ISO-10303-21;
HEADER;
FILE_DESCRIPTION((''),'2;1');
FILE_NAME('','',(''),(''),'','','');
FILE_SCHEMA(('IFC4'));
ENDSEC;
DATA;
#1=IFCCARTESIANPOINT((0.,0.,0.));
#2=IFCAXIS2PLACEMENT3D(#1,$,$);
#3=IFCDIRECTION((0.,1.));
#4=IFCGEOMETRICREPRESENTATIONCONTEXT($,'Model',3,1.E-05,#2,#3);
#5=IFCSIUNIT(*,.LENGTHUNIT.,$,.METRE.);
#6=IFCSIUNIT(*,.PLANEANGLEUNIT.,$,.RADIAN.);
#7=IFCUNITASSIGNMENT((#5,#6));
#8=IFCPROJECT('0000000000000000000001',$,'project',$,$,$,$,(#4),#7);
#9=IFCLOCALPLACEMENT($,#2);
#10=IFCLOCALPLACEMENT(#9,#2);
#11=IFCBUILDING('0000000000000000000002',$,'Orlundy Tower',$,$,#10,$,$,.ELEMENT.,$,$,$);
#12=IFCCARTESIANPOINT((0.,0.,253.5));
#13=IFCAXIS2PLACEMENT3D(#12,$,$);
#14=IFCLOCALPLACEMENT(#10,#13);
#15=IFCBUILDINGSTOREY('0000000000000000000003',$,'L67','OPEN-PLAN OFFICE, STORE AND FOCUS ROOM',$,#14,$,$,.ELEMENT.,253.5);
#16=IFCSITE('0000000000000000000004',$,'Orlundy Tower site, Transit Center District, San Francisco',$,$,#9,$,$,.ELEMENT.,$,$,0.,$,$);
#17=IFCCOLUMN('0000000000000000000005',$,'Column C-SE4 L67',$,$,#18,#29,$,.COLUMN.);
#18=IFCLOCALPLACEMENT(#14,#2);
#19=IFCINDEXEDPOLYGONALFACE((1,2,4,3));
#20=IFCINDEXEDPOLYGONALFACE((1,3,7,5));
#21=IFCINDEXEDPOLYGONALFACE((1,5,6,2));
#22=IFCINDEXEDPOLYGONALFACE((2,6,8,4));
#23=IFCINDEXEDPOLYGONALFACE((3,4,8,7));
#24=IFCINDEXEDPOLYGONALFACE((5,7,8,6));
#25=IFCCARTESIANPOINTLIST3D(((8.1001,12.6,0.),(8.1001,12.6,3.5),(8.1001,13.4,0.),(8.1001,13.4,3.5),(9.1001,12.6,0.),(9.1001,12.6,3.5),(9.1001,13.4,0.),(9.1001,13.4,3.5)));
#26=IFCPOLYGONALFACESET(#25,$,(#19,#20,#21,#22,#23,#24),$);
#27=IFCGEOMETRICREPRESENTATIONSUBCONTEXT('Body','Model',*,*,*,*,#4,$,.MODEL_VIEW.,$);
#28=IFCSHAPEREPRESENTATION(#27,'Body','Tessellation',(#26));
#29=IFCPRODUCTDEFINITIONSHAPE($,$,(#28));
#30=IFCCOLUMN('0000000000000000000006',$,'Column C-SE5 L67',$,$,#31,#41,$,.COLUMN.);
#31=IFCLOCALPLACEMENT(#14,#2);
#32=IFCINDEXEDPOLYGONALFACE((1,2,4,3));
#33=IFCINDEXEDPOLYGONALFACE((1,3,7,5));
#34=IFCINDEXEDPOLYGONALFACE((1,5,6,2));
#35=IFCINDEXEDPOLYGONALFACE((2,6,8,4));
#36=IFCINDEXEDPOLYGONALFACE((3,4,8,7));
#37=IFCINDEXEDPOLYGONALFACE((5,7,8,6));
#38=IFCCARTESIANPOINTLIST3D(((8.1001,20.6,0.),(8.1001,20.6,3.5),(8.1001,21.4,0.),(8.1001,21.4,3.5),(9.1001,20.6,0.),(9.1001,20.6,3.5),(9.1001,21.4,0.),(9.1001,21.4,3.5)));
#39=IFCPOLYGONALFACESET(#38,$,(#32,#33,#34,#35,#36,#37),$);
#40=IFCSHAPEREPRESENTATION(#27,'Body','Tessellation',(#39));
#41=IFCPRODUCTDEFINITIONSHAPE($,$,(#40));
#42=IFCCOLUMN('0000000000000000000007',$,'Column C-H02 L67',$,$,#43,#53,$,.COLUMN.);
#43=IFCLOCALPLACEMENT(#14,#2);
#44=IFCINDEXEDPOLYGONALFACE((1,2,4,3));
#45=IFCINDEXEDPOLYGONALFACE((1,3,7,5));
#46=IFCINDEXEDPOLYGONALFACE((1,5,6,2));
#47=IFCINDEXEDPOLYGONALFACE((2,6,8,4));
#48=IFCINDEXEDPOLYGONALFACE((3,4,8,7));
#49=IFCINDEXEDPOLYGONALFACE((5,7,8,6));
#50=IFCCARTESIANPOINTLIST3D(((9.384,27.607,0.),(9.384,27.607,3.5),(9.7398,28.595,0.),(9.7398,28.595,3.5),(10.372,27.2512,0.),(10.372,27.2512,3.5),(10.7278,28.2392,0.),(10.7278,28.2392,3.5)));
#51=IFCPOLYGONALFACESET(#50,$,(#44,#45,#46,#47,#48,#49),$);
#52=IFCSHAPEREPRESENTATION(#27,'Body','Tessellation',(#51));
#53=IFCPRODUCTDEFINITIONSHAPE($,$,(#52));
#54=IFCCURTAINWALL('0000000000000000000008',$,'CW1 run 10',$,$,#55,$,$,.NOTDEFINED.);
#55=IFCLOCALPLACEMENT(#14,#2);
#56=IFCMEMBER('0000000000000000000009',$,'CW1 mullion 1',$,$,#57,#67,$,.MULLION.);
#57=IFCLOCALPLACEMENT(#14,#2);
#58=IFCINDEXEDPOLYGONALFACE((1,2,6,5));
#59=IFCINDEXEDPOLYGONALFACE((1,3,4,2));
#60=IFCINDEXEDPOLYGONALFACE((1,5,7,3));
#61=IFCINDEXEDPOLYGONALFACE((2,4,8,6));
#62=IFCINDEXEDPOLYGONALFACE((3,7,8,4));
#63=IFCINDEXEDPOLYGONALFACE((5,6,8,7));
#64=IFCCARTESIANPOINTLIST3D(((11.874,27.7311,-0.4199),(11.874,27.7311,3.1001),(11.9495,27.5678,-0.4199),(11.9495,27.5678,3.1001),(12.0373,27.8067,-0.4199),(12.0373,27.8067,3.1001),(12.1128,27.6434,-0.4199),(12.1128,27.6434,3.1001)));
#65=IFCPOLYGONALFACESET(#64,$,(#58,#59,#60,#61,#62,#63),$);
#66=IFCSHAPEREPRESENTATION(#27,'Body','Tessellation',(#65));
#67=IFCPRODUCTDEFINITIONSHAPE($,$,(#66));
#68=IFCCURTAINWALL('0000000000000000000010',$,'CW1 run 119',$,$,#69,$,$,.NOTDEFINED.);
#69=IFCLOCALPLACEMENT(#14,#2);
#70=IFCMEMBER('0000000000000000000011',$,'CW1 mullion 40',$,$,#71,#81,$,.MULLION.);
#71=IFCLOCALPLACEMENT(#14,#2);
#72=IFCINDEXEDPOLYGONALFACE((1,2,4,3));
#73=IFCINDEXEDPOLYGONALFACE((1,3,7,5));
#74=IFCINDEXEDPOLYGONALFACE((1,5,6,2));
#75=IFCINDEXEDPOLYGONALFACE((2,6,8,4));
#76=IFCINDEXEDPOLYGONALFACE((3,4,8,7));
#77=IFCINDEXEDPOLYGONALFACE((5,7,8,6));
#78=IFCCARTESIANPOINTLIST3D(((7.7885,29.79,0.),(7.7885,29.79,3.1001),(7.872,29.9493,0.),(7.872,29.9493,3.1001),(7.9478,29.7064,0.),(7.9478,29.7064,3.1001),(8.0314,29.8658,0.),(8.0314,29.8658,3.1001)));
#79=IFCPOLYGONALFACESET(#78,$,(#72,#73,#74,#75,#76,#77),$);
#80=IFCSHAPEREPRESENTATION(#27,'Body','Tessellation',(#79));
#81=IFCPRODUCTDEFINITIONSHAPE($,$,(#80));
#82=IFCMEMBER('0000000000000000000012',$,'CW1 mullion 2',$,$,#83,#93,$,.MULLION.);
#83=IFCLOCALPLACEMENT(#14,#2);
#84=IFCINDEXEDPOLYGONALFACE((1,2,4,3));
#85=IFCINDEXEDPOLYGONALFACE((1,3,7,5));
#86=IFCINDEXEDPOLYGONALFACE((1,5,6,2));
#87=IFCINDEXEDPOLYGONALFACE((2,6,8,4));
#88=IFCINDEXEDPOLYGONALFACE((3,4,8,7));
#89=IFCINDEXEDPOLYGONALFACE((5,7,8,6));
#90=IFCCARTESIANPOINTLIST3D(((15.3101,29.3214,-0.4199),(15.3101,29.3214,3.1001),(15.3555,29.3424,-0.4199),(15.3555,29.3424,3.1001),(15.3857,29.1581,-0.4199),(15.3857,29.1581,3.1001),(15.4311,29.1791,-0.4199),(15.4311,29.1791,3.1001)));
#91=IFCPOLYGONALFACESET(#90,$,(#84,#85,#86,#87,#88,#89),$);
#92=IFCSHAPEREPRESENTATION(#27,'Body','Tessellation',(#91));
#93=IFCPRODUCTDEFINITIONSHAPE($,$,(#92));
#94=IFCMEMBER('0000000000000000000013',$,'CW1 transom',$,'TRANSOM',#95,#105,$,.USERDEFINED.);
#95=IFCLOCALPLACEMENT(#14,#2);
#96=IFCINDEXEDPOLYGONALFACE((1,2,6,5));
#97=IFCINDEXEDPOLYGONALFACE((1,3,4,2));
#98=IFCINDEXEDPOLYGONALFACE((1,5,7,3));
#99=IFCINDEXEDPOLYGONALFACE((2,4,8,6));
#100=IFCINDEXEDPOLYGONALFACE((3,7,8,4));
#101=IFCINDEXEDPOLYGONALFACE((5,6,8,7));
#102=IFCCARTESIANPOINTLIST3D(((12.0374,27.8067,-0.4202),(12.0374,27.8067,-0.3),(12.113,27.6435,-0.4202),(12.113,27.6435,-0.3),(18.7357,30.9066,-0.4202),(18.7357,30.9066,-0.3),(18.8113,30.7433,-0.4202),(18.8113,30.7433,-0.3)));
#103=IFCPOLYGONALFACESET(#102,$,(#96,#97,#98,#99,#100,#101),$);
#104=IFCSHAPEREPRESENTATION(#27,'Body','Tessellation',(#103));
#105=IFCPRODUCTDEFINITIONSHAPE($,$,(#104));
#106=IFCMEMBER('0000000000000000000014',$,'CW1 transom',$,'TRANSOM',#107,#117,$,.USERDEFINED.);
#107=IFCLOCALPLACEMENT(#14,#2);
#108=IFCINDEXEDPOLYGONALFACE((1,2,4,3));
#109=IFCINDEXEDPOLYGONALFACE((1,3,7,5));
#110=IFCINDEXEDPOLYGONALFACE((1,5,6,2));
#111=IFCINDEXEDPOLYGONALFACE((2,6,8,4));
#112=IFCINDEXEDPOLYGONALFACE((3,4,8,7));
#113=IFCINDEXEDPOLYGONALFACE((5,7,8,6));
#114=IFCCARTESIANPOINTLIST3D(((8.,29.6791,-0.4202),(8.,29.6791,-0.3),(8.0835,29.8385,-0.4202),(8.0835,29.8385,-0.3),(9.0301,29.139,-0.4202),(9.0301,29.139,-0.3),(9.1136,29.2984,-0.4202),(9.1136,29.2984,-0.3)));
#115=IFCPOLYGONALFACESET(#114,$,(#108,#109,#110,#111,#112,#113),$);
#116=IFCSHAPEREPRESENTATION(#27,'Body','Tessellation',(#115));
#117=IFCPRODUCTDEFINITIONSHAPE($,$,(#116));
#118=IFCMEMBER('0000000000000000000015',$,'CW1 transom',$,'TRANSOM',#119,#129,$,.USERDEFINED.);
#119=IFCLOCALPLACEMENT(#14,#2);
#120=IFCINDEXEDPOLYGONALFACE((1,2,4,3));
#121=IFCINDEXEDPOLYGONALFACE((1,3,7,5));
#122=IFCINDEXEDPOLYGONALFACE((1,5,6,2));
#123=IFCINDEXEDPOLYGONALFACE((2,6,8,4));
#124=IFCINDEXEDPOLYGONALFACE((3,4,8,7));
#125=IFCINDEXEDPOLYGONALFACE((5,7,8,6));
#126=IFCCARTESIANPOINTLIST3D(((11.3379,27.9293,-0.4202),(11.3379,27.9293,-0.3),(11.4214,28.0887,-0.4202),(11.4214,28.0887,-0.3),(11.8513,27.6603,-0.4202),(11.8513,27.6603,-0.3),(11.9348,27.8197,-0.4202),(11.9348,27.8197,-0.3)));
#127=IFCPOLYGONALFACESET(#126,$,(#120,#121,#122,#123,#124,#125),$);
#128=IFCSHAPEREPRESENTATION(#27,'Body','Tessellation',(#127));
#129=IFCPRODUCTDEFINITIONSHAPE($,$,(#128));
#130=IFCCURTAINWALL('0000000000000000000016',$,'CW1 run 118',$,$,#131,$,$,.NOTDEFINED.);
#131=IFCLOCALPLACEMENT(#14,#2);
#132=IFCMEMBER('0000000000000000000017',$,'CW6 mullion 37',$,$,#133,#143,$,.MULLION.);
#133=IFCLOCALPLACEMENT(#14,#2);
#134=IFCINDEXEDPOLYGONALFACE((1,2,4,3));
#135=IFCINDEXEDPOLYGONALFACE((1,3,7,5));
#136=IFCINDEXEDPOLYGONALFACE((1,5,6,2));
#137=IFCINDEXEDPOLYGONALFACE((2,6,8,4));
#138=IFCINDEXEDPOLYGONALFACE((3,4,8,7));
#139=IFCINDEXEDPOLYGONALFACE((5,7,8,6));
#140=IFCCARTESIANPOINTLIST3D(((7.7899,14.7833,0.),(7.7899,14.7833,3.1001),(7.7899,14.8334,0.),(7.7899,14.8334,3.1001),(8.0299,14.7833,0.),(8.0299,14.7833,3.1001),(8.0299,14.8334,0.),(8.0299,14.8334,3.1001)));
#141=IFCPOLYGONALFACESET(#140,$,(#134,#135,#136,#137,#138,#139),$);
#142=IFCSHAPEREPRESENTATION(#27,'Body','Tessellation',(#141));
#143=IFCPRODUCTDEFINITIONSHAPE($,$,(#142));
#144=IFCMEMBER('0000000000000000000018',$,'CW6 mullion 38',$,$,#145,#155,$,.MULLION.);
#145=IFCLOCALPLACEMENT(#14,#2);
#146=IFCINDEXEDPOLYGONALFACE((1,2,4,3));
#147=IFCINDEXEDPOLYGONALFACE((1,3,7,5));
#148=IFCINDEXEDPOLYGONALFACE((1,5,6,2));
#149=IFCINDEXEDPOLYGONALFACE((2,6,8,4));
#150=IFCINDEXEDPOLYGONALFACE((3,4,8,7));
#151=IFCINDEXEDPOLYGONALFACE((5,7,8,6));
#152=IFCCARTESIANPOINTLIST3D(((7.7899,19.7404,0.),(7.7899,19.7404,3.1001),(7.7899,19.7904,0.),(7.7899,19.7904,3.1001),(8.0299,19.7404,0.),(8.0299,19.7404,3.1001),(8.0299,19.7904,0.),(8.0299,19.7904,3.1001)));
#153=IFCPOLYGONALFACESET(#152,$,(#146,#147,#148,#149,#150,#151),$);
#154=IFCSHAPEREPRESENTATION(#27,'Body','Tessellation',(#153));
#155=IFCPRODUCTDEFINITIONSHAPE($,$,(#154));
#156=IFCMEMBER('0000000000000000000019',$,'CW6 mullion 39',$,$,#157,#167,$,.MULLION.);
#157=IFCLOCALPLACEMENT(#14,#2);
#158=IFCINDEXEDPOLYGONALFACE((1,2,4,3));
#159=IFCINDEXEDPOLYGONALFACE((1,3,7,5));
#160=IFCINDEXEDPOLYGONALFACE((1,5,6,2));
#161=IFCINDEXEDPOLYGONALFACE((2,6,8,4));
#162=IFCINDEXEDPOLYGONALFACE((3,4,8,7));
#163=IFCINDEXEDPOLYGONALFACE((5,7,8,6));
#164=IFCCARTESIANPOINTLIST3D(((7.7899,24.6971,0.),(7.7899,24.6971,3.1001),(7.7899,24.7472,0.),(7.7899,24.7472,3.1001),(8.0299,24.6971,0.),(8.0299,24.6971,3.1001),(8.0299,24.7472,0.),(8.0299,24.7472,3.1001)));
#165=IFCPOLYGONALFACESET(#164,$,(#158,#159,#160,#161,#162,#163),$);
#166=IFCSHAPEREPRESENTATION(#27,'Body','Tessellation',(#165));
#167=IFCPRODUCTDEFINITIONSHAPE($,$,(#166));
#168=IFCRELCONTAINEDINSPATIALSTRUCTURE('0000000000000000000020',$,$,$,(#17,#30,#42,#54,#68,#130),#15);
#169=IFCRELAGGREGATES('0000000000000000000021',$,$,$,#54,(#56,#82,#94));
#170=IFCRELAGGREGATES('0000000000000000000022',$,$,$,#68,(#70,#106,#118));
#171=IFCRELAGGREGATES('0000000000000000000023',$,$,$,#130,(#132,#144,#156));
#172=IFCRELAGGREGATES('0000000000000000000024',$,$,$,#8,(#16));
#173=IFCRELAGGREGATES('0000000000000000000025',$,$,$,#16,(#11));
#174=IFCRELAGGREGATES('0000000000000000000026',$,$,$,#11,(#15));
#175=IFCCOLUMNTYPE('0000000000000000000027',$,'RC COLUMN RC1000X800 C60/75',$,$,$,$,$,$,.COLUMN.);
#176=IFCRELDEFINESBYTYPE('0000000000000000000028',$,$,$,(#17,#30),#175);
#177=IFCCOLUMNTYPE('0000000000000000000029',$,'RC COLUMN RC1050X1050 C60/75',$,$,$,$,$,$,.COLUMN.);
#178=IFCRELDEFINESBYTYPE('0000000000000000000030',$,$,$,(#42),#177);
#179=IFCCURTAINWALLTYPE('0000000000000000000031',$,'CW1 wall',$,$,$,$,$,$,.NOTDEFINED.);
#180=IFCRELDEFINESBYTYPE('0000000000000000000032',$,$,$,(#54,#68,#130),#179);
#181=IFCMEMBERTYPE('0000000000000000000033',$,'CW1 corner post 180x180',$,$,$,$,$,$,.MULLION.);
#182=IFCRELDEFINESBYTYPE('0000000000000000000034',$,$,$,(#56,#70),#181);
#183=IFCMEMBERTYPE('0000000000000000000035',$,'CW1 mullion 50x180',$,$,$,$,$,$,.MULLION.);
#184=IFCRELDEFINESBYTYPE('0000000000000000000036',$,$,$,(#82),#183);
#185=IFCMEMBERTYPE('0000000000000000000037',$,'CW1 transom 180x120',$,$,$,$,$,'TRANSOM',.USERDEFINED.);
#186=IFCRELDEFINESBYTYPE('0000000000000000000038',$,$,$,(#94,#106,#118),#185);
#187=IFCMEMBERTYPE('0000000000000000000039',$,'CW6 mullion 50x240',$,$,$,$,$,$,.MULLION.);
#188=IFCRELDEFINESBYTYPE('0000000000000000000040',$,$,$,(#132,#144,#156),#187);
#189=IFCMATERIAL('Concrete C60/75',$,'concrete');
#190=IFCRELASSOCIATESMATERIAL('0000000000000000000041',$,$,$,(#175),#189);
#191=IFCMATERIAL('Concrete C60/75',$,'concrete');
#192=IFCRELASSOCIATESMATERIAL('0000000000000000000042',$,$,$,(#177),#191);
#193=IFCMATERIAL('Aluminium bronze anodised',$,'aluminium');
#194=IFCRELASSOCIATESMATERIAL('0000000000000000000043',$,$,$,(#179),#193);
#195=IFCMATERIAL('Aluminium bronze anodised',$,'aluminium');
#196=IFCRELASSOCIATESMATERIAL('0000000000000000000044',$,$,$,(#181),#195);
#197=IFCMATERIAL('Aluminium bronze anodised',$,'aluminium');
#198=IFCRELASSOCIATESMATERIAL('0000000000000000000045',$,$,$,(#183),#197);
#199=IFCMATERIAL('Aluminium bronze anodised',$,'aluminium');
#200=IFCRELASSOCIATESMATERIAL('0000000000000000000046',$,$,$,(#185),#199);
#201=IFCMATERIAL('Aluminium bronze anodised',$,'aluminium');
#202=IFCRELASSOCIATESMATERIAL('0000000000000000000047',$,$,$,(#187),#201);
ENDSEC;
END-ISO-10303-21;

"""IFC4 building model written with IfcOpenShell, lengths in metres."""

from ifc_helpers import new_model, si_unit, direction, frame, origin, origin_2d, place, context, subcontext, project, spatial, rectangle, extrude, material, material_profile, profile_set, type_object, element, aggregate, save


model = new_model("IFC4")

# Units and contexts
model_context = context("Model", 3, precision=1e-05, world=origin(), true_north=direction((0.0, 1.0)))
body_context = subcontext(model_context, "Body", "Model", "MODEL_VIEW")
ifc_project = project(units=[si_unit("LENGTHUNIT", "METRE"), si_unit("PLANEANGLEUNIT", "RADIAN")], contexts=[model_context])

# Site, building, storey
site_placement = place(None, origin())
site = spatial("IfcSite", under=ifc_project, at=site_placement, Name="Orlundy Tower site, Transit Center District, San Francisco", CompositionType="ELEMENT", RefElevation=0.0)
building_placement = place(site_placement, origin())
building = spatial("IfcBuilding", under=site, at=building_placement, Name="Orlundy Tower", CompositionType="ELEMENT")
storey_placement = place(building_placement, frame((0.0, 0.0, 253.5)))
storey = spatial("IfcBuildingStorey", under=building, at=storey_placement, Name="L67", Description="OPEN-PLAN OFFICE, STORE AND FOCUS ROOM", CompositionType="ELEMENT", Elevation=253.5)

# Columns
ifc_material_1 = material(Name="Concrete C60/75", Category="concrete")
ifc_material_profile_1 = material_profile(ifc_material_1, rectangle(XDim=1.0, YDim=0.8, at=origin_2d()), Name="RC1000X800")
ifc_profile_set_1 = profile_set([ifc_material_profile_1], Name="Concrete C60/75")
column_type_1 = type_object("IfcColumnType", Name="RC COLUMN RC1000X800 C60/75", PredefinedType="COLUMN", material=ifc_profile_set_1)
for number, where, z_axis, x_axis, name in (
    (1, (8.6001, 13.0, 0.0), (0.0, 0.0, 1.0), (1.0, 0.0, 0.0), "Column C-SE4 L67"),
    (2, (8.6001, 21.0, 0.0), (0.0, 0.0, 1.0), (1.0, 0.0, 0.0), "Column C-SE5 L67"),
):
    element("IfcColumn", number, at=place(storey_placement, frame(where, z_axis=z_axis, x_axis=x_axis)), inside=storey, type_object=column_type_1, Name=name, PredefinedType="COLUMN", context=body_context, shape_type="SweptSolid", body=[
        extrude(rectangle(XDim=1.0, YDim=0.8, at=origin_2d()), origin(), (0.0, 0.0, 1.0), 3.5),
    ])
ifc_material_2 = material(Name="Concrete C60/75", Category="concrete")
ifc_material_profile_2 = material_profile(ifc_material_2, rectangle(XDim=1.05, YDim=1.05, at=origin_2d()), Name="RC1050X1050")
ifc_profile_set_2 = profile_set([ifc_material_profile_2], Name="Concrete C60/75")
column_type_2 = type_object("IfcColumnType", Name="RC COLUMN RC1050X1050 C60/75", PredefinedType="COLUMN", material=ifc_profile_set_2)
column_placement = place(storey_placement, frame((10.0559, 27.9231, 0.0), z_axis=(0.0, 0.0, 1.0), x_axis=(0.338836, 0.940845, 0.0)))
element("IfcColumn", 3, at=column_placement, inside=storey, type_object=column_type_2, Name="Column C-H02 L67", PredefinedType="COLUMN", context=body_context, shape_type="SweptSolid", body=[
    extrude(rectangle(XDim=1.05, YDim=1.05, at=origin_2d()), origin(), (0.0, 0.0, 1.0), 3.5),
])

# Curtain walls, members
ifc_material_3 = material(Name="Aluminium bronze anodised", Category="aluminium")
curtain_wall_type = type_object("IfcCurtainWallType", Name="CW1 wall", PredefinedType="NOTDEFINED", material=ifc_material_3)
curtain_wall_1_placement = place(storey_placement, origin())
curtain_wall_1 = element("IfcCurtainWall", 4, at=curtain_wall_1_placement, inside=storey, type_object=curtain_wall_type, Name="CW1 run 10", PredefinedType="NOTDEFINED")
ifc_material_4 = material(Name="Aluminium bronze anodised", Category="aluminium")
ifc_material_profile_3 = material_profile(ifc_material_4, rectangle(XDim=0.1799, YDim=0.1799, at=origin_2d()), Name="CW1 corner post 180x180")
ifc_profile_set_3 = profile_set([ifc_material_profile_3], Name="Aluminium bronze anodised")
member_type_1 = type_object("IfcMemberType", Name="CW1 corner post 180x180", PredefinedType="MULLION", material=ifc_profile_set_3)
member_1_placement = place(storey_placement, frame((11.9934, 27.6873, -0.4199), z_axis=(0.0, 0.0, 1.0), x_axis=(-0.419976, 0.907535, 0.0)))
member_1 = element("IfcMember", 5, at=member_1_placement, type_object=member_type_1, Name="CW1 mullion 1", PredefinedType="MULLION", context=body_context, shape_type="SweptSolid", body=[
    extrude(rectangle(XDim=0.1799, YDim=0.1799, at=origin_2d()), origin(), (0.0, 0.0, 1.0), 3.52),
])
curtain_wall_2_placement = place(storey_placement, origin())
curtain_wall_2 = element("IfcCurtainWall", 6, at=curtain_wall_2_placement, inside=storey, type_object=curtain_wall_type, Name="CW1 run 119", PredefinedType="NOTDEFINED")
member_2_placement = place(storey_placement, frame((7.9099, 29.8279, 0.0), z_axis=(0.0, 0.0, 1.0), x_axis=(0.464264, 0.885697, 0.0)))
member_2 = element("IfcMember", 7, at=member_2_placement, type_object=member_type_1, Name="CW1 mullion 40", PredefinedType="MULLION", context=body_context, shape_type="SweptSolid", body=[
    extrude(rectangle(XDim=0.1799, YDim=0.1799, at=origin_2d()), origin(), (0.0, 0.0, 1.0), 3.1001),
])

# Members
ifc_material_5 = material(Name="Aluminium bronze anodised", Category="aluminium")
ifc_material_profile_4 = material_profile(ifc_material_5, rectangle(XDim=0.1799, YDim=0.05, at=origin_2d()), Name="CW1 mullion 50x180")
ifc_profile_set_4 = profile_set([ifc_material_profile_4], Name="Aluminium bronze anodised")
member_type_2 = type_object("IfcMemberType", Name="CW1 mullion 50x180", PredefinedType="MULLION", material=ifc_profile_set_4)
member_3_placement = place(storey_placement, frame((15.3706, 29.2502, -0.4199), z_axis=(0.0, 0.0, 1.0), x_axis=(-0.419976, 0.907535, 0.0)))
member_3 = element("IfcMember", 8, at=member_3_placement, type_object=member_type_2, Name="CW1 mullion 2", PredefinedType="MULLION", context=body_context, shape_type="SweptSolid", body=[
    extrude(rectangle(XDim=0.1799, YDim=0.05, at=origin_2d()), origin(), (0.0, 0.0, 1.0), 3.52),
])
ifc_material_6 = material(Name="Aluminium bronze anodised", Category="aluminium")
ifc_material_profile_5 = material_profile(ifc_material_6, rectangle(XDim=0.1799, YDim=0.1201, at=origin_2d()), Name="CW1 transom 180x120")
ifc_profile_set_5 = profile_set([ifc_material_profile_5], Name="Aluminium bronze anodised")
member_type_3 = type_object("IfcMemberType", Name="CW1 transom 180x120", ElementType="TRANSOM", PredefinedType="USERDEFINED", material=ifc_profile_set_5)
member_4_placement = place(storey_placement, frame((12.0752, 27.7251, -0.3601), z_axis=(0.907528, 0.419991, 0.0), x_axis=(-0.419991, 0.907528, 0.0)))
member_4 = element("IfcMember", 9, at=member_4_placement, type_object=member_type_3, Name="CW1 transom", ObjectType="TRANSOM", PredefinedType="USERDEFINED", context=body_context, shape_type="SweptSolid", body=[
    extrude(rectangle(XDim=0.1799, YDim=0.1201, at=origin_2d()), origin(), (0.0, 0.0, 1.0), 7.3809),
])
member_5_placement = place(storey_placement, frame((8.0417, 29.7588, -0.3601), z_axis=(0.885655, -0.464344, 0.0), x_axis=(0.464344, 0.885655, 0.0)))
member_5 = element("IfcMember", 10, at=member_5_placement, type_object=member_type_3, Name="CW1 transom", ObjectType="TRANSOM", PredefinedType="USERDEFINED", context=body_context, shape_type="SweptSolid", body=[
    extrude(rectangle(XDim=0.1799, YDim=0.1201, at=origin_2d()), origin(), (0.0, 0.0, 1.0), 1.1631),
])
member_6_placement = place(storey_placement, frame((11.3796, 28.009, -0.3601), z_axis=(0.885757, -0.464149, 0.0), x_axis=(0.464149, 0.885757, 0.0)))
member_6 = element("IfcMember", 11, at=member_6_placement, type_object=member_type_3, Name="CW1 transom", ObjectType="TRANSOM", PredefinedType="USERDEFINED", context=body_context, shape_type="SweptSolid", body=[
    extrude(rectangle(XDim=0.1799, YDim=0.1201, at=origin_2d()), origin(), (0.0, 0.0, 1.0), 0.5796),
])

# Curtain wall, members
curtain_wall_3_placement = place(storey_placement, origin())
curtain_wall_3 = element("IfcCurtainWall", 12, at=curtain_wall_3_placement, inside=storey, type_object=curtain_wall_type, Name="CW1 run 118", PredefinedType="NOTDEFINED")
ifc_material_7 = material(Name="Aluminium bronze anodised", Category="aluminium")
ifc_material_profile_6 = material_profile(ifc_material_7, rectangle(XDim=0.24, YDim=0.05, at=origin_2d()), Name="CW6 mullion 50x240")
ifc_profile_set_6 = profile_set([ifc_material_profile_6], Name="Aluminium bronze anodised")
member_type_4 = type_object("IfcMemberType", Name="CW6 mullion 50x240", PredefinedType="MULLION", material=ifc_profile_set_6)
member_7_placement = place(storey_placement, frame((7.9099, 14.8083, 0.0), z_axis=(0.0, 0.0, 1.0), x_axis=(-1.0, 0.0, 0.0)))
member_7 = element("IfcMember", 13, at=member_7_placement, type_object=member_type_4, Name="CW6 mullion 37", PredefinedType="MULLION", context=body_context, shape_type="SweptSolid", body=[
    extrude(rectangle(XDim=0.24, YDim=0.05, at=origin_2d()), origin(), (0.0, 0.0, 1.0), 3.1001),
])
member_8_placement = place(storey_placement, frame((7.9099, 19.7654, 0.0), z_axis=(0.0, 0.0, 1.0), x_axis=(-1.0, 0.0, 0.0)))
member_8 = element("IfcMember", 14, at=member_8_placement, type_object=member_type_4, Name="CW6 mullion 38", PredefinedType="MULLION", context=body_context, shape_type="SweptSolid", body=[
    extrude(rectangle(XDim=0.24, YDim=0.05, at=origin_2d()), origin(), (0.0, 0.0, 1.0), 3.1001),
])
member_9_placement = place(storey_placement, frame((7.9099, 24.7222, 0.0), z_axis=(0.0, 0.0, 1.0), x_axis=(-1.0, 0.0, 0.0)))
member_9 = element("IfcMember", 15, at=member_9_placement, type_object=member_type_4, Name="CW6 mullion 39", PredefinedType="MULLION", context=body_context, shape_type="SweptSolid", body=[
    extrude(rectangle(XDim=0.24, YDim=0.05, at=origin_2d()), origin(), (0.0, 0.0, 1.0), 3.1001),
])

aggregate(curtain_wall_1, [member_1, member_3, member_4])
aggregate(curtain_wall_2, [member_2, member_5, member_6])
aggregate(curtain_wall_3, [member_7, member_8, member_9])

save(model, "model.ifc")
